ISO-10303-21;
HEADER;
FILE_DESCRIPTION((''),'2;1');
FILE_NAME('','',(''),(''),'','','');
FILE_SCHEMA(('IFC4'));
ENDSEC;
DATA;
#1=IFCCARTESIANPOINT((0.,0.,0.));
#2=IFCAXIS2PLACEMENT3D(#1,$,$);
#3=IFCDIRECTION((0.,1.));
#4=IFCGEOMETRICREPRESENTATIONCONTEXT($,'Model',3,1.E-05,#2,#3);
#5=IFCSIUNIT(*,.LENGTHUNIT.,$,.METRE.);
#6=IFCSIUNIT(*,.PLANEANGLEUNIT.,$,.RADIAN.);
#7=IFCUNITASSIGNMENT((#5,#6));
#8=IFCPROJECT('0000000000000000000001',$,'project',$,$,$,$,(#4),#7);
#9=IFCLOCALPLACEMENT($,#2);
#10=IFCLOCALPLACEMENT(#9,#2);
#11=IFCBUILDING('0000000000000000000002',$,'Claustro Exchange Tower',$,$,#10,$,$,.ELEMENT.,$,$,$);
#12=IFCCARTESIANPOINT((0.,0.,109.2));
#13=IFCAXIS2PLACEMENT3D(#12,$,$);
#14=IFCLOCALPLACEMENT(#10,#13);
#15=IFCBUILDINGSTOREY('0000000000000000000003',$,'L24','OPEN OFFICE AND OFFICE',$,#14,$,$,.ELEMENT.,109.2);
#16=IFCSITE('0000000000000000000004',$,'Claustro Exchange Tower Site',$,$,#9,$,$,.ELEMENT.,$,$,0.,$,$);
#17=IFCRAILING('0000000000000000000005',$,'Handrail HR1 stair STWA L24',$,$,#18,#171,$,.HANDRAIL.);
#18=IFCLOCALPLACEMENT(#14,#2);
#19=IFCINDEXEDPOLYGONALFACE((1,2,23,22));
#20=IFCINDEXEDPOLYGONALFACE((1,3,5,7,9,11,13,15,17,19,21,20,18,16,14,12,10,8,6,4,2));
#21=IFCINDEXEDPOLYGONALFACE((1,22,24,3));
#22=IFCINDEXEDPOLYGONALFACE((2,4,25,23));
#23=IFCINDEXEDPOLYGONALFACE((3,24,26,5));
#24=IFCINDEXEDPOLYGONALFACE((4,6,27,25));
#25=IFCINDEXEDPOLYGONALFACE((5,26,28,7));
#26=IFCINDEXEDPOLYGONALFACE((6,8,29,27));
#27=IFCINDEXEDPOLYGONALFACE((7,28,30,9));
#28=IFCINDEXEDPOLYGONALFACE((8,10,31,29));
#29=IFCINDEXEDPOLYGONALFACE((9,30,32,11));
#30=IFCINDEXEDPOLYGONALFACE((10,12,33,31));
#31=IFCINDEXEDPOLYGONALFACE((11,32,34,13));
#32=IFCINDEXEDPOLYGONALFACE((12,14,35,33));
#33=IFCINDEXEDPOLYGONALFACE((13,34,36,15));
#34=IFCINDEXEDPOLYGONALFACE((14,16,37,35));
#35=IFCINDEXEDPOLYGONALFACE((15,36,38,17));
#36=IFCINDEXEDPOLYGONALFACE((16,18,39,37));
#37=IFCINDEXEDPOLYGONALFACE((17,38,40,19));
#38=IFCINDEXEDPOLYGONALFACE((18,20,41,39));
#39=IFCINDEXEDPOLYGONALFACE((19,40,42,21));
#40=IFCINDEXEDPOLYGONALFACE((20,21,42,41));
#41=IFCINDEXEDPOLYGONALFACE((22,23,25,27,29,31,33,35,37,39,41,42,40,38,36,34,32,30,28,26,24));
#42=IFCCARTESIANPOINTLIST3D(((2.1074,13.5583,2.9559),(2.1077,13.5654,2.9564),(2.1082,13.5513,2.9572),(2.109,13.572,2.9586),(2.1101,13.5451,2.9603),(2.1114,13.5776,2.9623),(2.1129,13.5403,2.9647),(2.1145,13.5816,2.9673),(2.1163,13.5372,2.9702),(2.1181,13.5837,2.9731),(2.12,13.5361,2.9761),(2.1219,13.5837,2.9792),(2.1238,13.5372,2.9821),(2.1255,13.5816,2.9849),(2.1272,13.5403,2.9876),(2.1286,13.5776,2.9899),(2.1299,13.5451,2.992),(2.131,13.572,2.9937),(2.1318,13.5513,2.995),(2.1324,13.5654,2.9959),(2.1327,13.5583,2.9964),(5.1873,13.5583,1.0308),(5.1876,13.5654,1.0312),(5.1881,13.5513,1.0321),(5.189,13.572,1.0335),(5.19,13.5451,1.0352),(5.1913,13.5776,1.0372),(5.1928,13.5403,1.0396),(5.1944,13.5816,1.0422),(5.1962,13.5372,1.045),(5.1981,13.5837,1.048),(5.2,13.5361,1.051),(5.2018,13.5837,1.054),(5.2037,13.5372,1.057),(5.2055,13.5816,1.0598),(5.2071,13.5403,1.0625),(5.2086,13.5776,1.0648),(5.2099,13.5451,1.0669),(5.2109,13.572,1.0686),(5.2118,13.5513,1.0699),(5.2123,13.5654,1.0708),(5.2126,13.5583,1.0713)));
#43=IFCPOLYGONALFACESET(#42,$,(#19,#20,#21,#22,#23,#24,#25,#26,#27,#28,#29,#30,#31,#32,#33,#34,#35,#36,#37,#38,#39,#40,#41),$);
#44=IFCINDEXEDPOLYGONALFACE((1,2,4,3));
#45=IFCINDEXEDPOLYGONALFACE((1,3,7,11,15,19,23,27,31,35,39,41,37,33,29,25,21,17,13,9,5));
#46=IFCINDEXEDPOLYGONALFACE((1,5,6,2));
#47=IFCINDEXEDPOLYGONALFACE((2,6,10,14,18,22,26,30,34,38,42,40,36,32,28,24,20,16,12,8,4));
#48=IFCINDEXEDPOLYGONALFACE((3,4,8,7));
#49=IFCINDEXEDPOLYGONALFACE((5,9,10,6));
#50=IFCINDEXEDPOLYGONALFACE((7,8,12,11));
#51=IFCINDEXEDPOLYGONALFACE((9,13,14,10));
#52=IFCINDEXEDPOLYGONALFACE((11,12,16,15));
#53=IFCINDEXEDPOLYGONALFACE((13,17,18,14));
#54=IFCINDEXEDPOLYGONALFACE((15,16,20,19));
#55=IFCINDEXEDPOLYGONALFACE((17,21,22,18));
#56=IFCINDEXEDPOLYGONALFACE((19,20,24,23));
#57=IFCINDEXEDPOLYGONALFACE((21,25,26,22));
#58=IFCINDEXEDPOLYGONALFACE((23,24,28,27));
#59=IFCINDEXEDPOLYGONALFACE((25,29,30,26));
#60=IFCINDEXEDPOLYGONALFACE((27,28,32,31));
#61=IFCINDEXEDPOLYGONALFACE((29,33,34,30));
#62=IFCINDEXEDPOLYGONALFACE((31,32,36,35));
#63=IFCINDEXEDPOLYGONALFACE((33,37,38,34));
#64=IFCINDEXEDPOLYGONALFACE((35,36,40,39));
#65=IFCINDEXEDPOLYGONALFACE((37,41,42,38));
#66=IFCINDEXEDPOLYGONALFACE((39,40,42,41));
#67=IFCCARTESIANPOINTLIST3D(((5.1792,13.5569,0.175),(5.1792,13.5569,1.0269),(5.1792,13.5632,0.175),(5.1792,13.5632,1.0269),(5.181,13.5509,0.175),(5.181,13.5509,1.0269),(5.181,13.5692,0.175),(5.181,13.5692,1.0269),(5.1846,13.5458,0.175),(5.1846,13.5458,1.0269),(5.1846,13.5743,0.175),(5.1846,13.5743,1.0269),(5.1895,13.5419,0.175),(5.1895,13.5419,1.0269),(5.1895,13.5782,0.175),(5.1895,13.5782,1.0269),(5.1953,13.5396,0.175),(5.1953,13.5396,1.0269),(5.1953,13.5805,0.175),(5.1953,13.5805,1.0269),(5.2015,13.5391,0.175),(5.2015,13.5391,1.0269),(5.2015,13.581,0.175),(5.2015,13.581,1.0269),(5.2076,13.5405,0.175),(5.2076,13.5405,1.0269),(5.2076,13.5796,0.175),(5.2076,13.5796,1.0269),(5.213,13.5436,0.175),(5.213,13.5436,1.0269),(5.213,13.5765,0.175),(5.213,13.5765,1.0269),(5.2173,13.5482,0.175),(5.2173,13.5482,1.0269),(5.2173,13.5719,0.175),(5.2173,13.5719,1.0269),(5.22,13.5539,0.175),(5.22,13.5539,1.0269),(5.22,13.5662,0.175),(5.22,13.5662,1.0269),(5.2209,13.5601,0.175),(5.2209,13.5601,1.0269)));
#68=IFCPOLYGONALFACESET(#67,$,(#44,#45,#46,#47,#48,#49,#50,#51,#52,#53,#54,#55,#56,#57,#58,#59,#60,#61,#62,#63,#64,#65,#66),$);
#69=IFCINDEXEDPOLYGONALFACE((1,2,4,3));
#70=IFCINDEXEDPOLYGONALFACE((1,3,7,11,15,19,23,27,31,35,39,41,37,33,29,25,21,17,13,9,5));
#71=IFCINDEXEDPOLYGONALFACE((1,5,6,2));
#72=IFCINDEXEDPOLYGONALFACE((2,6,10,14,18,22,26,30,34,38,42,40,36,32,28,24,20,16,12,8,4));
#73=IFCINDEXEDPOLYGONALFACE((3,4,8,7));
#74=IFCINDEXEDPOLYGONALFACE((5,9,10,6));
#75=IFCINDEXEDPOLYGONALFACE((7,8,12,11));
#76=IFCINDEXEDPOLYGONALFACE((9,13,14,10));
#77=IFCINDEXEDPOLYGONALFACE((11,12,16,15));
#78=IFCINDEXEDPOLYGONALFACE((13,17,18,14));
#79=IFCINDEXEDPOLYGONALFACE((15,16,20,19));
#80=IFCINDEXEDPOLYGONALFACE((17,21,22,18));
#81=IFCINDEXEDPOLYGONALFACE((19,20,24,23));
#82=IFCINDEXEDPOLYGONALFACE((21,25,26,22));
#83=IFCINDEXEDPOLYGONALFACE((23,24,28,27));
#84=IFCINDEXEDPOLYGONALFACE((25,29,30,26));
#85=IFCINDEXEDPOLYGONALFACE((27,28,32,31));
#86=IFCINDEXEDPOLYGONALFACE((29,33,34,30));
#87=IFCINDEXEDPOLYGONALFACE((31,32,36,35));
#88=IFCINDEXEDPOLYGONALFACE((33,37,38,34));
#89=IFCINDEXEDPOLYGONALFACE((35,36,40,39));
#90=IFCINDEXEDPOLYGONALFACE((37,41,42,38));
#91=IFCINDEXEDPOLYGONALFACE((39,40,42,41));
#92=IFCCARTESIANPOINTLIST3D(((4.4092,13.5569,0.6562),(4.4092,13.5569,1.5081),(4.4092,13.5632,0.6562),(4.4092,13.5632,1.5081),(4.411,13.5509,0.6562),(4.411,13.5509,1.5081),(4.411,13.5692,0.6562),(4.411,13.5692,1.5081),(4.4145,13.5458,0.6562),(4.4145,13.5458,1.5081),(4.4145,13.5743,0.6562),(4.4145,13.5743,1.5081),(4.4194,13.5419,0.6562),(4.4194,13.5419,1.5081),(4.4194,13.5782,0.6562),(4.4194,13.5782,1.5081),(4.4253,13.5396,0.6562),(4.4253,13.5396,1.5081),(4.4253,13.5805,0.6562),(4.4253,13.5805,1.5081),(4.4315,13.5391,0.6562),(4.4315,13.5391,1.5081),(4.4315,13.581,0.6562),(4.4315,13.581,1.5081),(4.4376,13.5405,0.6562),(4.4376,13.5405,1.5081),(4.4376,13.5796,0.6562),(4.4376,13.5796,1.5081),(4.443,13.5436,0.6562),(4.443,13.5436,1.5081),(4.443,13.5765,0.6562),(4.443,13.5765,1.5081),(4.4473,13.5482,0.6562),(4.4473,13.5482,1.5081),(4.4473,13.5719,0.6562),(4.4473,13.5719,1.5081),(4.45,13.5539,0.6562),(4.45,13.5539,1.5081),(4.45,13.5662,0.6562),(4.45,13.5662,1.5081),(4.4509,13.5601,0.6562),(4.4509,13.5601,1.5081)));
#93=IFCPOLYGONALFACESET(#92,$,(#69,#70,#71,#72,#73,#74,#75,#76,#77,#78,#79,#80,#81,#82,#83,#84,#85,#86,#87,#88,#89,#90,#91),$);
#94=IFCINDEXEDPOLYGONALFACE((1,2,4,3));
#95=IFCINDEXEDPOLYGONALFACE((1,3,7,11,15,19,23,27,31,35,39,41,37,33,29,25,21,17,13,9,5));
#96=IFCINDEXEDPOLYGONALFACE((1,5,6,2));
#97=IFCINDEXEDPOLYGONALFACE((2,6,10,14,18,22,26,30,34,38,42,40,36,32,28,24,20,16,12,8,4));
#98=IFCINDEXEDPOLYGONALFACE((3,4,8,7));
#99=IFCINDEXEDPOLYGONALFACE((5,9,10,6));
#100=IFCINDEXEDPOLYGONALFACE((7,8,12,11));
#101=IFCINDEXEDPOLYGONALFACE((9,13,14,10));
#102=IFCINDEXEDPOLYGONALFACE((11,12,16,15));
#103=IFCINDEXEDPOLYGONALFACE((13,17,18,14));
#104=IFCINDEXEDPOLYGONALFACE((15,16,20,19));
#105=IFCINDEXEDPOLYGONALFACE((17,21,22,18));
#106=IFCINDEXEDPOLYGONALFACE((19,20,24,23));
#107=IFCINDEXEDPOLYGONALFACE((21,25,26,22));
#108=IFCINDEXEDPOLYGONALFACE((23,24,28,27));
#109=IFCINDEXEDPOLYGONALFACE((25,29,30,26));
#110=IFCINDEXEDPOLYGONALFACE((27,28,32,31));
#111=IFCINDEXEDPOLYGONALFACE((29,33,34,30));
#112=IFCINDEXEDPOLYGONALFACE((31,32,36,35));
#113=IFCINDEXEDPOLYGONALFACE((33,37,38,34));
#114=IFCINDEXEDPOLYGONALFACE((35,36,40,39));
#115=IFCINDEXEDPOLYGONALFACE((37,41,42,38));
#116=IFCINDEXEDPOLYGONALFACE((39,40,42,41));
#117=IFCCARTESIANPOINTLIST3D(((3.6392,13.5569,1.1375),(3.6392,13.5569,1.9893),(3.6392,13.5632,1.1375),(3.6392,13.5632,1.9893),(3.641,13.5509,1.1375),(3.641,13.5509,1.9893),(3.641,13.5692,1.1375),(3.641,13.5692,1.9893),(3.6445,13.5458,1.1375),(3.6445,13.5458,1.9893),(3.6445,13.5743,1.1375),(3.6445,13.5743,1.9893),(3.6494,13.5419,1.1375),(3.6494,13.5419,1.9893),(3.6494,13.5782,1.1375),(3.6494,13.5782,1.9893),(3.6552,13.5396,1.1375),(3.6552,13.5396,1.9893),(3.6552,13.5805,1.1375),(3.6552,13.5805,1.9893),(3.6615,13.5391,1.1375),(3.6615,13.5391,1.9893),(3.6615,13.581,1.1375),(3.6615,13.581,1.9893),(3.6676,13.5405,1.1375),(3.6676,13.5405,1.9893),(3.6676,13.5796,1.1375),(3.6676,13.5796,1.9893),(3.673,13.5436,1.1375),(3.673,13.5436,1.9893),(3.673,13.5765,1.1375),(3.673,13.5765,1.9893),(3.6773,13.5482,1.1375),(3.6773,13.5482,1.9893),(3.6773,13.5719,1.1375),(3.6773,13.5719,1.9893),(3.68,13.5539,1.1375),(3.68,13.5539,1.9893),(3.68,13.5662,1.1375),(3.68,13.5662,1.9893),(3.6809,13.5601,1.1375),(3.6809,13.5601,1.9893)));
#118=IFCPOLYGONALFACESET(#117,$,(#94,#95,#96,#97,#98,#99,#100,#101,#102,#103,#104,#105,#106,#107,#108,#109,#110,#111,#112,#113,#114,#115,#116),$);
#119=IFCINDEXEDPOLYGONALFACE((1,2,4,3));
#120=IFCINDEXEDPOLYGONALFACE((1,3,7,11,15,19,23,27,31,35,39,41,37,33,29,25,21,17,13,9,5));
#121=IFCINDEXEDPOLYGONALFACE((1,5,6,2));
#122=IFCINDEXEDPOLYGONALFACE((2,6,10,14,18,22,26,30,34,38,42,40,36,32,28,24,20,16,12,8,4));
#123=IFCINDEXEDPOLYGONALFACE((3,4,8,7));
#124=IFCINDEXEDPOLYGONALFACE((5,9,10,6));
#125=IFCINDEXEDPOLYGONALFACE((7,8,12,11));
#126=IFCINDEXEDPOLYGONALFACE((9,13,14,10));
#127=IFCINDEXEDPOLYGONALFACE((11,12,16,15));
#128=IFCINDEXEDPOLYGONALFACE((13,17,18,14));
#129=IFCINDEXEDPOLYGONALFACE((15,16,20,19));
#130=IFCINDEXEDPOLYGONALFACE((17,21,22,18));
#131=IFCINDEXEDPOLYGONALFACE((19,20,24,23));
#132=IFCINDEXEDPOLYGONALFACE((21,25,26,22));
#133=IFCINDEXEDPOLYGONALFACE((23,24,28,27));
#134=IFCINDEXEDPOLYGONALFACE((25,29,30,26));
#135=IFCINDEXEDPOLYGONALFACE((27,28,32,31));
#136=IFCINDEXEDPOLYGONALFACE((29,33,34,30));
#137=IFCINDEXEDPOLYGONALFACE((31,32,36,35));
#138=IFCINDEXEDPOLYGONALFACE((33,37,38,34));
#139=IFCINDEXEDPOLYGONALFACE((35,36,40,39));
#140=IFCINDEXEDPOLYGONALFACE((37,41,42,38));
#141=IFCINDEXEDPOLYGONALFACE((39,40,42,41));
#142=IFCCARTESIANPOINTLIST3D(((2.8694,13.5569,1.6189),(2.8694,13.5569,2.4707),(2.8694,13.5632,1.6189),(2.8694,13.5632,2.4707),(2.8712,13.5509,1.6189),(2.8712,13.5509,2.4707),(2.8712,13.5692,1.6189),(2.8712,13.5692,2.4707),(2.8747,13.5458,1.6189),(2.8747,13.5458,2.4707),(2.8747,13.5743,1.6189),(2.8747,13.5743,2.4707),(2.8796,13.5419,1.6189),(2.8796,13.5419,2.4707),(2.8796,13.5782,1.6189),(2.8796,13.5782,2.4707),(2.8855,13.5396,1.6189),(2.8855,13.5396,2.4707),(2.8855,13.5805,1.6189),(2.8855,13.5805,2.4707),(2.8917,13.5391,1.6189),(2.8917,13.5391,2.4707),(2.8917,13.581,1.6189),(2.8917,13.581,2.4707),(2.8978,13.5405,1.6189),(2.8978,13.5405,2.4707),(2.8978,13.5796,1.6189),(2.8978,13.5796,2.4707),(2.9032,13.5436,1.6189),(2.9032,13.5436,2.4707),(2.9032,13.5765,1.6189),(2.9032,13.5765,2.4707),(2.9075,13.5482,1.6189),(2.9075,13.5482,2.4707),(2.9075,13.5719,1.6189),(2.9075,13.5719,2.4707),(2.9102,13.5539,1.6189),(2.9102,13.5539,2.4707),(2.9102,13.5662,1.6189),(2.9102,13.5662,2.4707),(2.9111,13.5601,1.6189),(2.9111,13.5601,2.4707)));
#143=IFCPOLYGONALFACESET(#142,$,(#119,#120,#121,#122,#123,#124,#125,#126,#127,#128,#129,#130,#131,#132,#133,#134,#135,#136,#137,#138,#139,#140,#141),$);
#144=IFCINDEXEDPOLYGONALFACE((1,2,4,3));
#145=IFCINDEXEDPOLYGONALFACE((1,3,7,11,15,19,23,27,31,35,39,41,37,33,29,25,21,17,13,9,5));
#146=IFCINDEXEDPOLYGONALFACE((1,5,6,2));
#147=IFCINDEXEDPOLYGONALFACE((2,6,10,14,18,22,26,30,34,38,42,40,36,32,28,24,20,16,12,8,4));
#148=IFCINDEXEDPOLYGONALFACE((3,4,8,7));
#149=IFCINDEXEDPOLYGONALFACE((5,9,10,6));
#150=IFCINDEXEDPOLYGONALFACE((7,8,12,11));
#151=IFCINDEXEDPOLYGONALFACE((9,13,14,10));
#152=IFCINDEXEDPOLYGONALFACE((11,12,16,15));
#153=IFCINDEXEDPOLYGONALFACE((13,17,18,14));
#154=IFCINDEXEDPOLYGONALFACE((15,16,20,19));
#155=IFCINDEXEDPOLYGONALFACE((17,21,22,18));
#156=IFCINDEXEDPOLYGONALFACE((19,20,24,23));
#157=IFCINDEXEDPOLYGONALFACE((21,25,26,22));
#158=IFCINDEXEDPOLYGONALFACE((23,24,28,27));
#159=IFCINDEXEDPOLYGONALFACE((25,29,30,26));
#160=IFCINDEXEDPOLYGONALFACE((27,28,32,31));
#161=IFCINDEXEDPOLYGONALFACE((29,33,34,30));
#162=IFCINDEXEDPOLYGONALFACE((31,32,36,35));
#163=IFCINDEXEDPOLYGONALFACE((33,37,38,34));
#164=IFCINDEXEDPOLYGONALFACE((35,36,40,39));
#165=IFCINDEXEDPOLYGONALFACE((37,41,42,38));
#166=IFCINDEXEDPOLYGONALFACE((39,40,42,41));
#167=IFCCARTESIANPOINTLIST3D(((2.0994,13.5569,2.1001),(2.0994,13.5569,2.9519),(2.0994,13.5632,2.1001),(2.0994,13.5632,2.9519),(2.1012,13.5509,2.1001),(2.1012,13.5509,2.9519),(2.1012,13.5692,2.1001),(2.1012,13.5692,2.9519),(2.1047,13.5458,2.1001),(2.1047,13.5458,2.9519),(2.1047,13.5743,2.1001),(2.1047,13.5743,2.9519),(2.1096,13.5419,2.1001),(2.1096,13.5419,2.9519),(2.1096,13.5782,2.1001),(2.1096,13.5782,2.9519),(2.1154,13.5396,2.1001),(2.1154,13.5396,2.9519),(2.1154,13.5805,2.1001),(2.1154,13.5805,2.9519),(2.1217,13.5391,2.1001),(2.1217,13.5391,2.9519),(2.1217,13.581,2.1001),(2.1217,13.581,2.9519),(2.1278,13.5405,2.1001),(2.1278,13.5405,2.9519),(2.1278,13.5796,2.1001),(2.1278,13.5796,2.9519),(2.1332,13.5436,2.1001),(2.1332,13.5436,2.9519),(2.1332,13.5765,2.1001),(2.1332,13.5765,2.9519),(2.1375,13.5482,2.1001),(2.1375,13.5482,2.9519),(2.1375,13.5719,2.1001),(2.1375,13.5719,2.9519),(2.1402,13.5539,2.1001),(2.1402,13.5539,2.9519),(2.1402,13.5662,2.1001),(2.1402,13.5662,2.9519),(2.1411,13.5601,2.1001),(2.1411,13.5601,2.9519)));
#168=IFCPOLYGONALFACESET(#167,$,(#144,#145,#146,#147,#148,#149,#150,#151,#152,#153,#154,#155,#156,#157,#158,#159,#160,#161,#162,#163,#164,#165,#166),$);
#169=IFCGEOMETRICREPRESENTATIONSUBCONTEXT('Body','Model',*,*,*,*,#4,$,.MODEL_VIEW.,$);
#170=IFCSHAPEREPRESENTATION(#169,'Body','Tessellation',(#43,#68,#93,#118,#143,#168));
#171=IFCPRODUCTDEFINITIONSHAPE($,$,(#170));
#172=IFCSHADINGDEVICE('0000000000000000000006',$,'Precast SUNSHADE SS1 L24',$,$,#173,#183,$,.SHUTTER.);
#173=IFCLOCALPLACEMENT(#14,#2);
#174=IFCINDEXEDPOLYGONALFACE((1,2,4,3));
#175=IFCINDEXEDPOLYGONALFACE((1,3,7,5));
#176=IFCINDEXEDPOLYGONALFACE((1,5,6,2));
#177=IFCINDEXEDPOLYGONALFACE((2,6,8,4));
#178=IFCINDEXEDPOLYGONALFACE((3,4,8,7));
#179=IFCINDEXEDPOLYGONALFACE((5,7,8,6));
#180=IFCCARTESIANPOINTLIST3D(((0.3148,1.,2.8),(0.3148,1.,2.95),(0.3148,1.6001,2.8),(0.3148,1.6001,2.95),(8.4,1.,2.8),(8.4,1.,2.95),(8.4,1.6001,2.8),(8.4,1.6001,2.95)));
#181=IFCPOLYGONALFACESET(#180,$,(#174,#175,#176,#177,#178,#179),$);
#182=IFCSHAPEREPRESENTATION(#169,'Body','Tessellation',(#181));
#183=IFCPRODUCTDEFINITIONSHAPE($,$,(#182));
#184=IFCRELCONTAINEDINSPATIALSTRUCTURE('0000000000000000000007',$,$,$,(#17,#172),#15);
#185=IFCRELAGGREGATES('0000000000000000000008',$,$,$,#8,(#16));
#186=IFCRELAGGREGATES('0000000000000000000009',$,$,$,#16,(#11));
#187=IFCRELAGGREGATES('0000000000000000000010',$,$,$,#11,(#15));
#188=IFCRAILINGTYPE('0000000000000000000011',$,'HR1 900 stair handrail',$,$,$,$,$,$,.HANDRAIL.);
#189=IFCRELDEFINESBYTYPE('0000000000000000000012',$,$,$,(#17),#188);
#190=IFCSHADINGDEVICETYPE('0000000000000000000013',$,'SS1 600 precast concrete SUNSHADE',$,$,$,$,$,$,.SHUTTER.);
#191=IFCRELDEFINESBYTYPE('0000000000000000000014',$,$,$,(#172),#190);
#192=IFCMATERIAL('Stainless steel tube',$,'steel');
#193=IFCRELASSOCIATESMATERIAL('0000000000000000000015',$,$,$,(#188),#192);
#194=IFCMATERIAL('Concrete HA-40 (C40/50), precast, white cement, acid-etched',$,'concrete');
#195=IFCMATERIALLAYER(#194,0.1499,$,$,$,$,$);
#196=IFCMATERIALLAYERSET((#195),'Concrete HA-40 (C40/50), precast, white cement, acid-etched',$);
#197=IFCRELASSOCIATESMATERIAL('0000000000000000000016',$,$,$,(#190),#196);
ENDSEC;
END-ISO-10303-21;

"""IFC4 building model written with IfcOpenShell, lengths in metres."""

from ifc_helpers import new_model, si_unit, direction, frame, origin, origin_2d, place, context, subcontext, project, spatial, rectangle, circle, extrude, material, layer, layer_set, type_object, element, save


model = new_model("IFC4")

# Units and contexts
model_context = context("Model", 3, precision=1e-05, world=origin(), true_north=direction((0.0, 1.0)))
body_context = subcontext(model_context, "Body", "Model", "MODEL_VIEW")
ifc_project = project(units=[si_unit("LENGTHUNIT", "METRE"), si_unit("PLANEANGLEUNIT", "RADIAN")], contexts=[model_context])

# Site, building, storey
site_placement = place(None, origin())
site = spatial("IfcSite", under=ifc_project, at=site_placement, Name="Claustro Exchange Tower Site", CompositionType="ELEMENT", RefElevation=0.0)
building_placement = place(site_placement, origin())
building = spatial("IfcBuilding", under=site, at=building_placement, Name="Claustro Exchange Tower", CompositionType="ELEMENT")
storey_placement = place(building_placement, frame((0.0, 0.0, 109.2)))
storey = spatial("IfcBuildingStorey", under=building, at=storey_placement, Name="L24", Description="OPEN OFFICE AND OFFICE", CompositionType="ELEMENT", Elevation=109.2)

# Railing
ifc_material_1 = material(Name="Stainless steel tube", Category="steel")
railing_type_1 = type_object("IfcRailingType", Name="HR1 900 stair handrail", PredefinedType="HANDRAIL", material=ifc_material_1)
railing_1_placement = place(storey_placement, frame((5.2, 13.5601, 0.175)))
element("IfcRailing", 1, at=railing_1_placement, inside=storey, type_object=railing_type_1, Name="Handrail HR1 stair STWA L24", PredefinedType="HANDRAIL", context=body_context, shape_type="SweptSolid", body=[
    extrude(circle(Radius=0.0239, at=origin_2d()), frame((0.0, 0.0, 0.876), z_axis=(-0.847979, 0.0, 0.530029), x_axis=(0.0, -1.0, 0.0)), (0.0, 0.0, 1.0), 3.6321),
    extrude(circle(Radius=0.021, at=origin_2d()), origin(), (0.0, 0.0, 1.0), 0.8518),
    extrude(circle(Radius=0.021, at=origin_2d()), frame((-0.77, 0.0, 0.4812)), (0.0, 0.0, 1.0), 0.8518),
    extrude(circle(Radius=0.021, at=origin_2d()), frame((-1.54, 0.0, 0.9624)), (0.0, 0.0, 1.0), 0.8518),
    extrude(circle(Radius=0.021, at=origin_2d()), frame((-2.3098, 0.0, 1.4438)), (0.0, 0.0, 1.0), 0.8518),
    extrude(circle(Radius=0.021, at=origin_2d()), frame((-3.0798, 0.0, 1.925)), (0.0, 0.0, 1.0), 0.8518),
])

# Shading device
ifc_material_2 = material(Name="Concrete HA-40 (C40/50), precast, white cement, acid-etched", Category="concrete")
ifc_layer_1 = layer(ifc_material_2, 0.1499)
ifc_layer_set_1 = layer_set([ifc_layer_1], Name="Concrete HA-40 (C40/50), precast, white cement, acid-etched")
shading_device_type = type_object("IfcShadingDeviceType", Name="SS1 600 precast concrete SUNSHADE", PredefinedType="SHUTTER", material=ifc_layer_set_1)
shading_device_placement = place(storey_placement, frame((4.3574, 1.3, 2.8), z_axis=(0.0, 0.0, 1.0), x_axis=(-1.0, 0.0, 0.0)))
element("IfcShadingDevice", 2, at=shading_device_placement, inside=storey, type_object=shading_device_type, Name="Precast SUNSHADE SS1 L24", PredefinedType="SHUTTER", context=body_context, shape_type="SweptSolid", body=[
    extrude(rectangle(XDim=8.0852, YDim=0.6001, at=origin_2d()), origin(), (0.0, 0.0, 1.0), 0.1499),
])

save(model, "model.ifc")
